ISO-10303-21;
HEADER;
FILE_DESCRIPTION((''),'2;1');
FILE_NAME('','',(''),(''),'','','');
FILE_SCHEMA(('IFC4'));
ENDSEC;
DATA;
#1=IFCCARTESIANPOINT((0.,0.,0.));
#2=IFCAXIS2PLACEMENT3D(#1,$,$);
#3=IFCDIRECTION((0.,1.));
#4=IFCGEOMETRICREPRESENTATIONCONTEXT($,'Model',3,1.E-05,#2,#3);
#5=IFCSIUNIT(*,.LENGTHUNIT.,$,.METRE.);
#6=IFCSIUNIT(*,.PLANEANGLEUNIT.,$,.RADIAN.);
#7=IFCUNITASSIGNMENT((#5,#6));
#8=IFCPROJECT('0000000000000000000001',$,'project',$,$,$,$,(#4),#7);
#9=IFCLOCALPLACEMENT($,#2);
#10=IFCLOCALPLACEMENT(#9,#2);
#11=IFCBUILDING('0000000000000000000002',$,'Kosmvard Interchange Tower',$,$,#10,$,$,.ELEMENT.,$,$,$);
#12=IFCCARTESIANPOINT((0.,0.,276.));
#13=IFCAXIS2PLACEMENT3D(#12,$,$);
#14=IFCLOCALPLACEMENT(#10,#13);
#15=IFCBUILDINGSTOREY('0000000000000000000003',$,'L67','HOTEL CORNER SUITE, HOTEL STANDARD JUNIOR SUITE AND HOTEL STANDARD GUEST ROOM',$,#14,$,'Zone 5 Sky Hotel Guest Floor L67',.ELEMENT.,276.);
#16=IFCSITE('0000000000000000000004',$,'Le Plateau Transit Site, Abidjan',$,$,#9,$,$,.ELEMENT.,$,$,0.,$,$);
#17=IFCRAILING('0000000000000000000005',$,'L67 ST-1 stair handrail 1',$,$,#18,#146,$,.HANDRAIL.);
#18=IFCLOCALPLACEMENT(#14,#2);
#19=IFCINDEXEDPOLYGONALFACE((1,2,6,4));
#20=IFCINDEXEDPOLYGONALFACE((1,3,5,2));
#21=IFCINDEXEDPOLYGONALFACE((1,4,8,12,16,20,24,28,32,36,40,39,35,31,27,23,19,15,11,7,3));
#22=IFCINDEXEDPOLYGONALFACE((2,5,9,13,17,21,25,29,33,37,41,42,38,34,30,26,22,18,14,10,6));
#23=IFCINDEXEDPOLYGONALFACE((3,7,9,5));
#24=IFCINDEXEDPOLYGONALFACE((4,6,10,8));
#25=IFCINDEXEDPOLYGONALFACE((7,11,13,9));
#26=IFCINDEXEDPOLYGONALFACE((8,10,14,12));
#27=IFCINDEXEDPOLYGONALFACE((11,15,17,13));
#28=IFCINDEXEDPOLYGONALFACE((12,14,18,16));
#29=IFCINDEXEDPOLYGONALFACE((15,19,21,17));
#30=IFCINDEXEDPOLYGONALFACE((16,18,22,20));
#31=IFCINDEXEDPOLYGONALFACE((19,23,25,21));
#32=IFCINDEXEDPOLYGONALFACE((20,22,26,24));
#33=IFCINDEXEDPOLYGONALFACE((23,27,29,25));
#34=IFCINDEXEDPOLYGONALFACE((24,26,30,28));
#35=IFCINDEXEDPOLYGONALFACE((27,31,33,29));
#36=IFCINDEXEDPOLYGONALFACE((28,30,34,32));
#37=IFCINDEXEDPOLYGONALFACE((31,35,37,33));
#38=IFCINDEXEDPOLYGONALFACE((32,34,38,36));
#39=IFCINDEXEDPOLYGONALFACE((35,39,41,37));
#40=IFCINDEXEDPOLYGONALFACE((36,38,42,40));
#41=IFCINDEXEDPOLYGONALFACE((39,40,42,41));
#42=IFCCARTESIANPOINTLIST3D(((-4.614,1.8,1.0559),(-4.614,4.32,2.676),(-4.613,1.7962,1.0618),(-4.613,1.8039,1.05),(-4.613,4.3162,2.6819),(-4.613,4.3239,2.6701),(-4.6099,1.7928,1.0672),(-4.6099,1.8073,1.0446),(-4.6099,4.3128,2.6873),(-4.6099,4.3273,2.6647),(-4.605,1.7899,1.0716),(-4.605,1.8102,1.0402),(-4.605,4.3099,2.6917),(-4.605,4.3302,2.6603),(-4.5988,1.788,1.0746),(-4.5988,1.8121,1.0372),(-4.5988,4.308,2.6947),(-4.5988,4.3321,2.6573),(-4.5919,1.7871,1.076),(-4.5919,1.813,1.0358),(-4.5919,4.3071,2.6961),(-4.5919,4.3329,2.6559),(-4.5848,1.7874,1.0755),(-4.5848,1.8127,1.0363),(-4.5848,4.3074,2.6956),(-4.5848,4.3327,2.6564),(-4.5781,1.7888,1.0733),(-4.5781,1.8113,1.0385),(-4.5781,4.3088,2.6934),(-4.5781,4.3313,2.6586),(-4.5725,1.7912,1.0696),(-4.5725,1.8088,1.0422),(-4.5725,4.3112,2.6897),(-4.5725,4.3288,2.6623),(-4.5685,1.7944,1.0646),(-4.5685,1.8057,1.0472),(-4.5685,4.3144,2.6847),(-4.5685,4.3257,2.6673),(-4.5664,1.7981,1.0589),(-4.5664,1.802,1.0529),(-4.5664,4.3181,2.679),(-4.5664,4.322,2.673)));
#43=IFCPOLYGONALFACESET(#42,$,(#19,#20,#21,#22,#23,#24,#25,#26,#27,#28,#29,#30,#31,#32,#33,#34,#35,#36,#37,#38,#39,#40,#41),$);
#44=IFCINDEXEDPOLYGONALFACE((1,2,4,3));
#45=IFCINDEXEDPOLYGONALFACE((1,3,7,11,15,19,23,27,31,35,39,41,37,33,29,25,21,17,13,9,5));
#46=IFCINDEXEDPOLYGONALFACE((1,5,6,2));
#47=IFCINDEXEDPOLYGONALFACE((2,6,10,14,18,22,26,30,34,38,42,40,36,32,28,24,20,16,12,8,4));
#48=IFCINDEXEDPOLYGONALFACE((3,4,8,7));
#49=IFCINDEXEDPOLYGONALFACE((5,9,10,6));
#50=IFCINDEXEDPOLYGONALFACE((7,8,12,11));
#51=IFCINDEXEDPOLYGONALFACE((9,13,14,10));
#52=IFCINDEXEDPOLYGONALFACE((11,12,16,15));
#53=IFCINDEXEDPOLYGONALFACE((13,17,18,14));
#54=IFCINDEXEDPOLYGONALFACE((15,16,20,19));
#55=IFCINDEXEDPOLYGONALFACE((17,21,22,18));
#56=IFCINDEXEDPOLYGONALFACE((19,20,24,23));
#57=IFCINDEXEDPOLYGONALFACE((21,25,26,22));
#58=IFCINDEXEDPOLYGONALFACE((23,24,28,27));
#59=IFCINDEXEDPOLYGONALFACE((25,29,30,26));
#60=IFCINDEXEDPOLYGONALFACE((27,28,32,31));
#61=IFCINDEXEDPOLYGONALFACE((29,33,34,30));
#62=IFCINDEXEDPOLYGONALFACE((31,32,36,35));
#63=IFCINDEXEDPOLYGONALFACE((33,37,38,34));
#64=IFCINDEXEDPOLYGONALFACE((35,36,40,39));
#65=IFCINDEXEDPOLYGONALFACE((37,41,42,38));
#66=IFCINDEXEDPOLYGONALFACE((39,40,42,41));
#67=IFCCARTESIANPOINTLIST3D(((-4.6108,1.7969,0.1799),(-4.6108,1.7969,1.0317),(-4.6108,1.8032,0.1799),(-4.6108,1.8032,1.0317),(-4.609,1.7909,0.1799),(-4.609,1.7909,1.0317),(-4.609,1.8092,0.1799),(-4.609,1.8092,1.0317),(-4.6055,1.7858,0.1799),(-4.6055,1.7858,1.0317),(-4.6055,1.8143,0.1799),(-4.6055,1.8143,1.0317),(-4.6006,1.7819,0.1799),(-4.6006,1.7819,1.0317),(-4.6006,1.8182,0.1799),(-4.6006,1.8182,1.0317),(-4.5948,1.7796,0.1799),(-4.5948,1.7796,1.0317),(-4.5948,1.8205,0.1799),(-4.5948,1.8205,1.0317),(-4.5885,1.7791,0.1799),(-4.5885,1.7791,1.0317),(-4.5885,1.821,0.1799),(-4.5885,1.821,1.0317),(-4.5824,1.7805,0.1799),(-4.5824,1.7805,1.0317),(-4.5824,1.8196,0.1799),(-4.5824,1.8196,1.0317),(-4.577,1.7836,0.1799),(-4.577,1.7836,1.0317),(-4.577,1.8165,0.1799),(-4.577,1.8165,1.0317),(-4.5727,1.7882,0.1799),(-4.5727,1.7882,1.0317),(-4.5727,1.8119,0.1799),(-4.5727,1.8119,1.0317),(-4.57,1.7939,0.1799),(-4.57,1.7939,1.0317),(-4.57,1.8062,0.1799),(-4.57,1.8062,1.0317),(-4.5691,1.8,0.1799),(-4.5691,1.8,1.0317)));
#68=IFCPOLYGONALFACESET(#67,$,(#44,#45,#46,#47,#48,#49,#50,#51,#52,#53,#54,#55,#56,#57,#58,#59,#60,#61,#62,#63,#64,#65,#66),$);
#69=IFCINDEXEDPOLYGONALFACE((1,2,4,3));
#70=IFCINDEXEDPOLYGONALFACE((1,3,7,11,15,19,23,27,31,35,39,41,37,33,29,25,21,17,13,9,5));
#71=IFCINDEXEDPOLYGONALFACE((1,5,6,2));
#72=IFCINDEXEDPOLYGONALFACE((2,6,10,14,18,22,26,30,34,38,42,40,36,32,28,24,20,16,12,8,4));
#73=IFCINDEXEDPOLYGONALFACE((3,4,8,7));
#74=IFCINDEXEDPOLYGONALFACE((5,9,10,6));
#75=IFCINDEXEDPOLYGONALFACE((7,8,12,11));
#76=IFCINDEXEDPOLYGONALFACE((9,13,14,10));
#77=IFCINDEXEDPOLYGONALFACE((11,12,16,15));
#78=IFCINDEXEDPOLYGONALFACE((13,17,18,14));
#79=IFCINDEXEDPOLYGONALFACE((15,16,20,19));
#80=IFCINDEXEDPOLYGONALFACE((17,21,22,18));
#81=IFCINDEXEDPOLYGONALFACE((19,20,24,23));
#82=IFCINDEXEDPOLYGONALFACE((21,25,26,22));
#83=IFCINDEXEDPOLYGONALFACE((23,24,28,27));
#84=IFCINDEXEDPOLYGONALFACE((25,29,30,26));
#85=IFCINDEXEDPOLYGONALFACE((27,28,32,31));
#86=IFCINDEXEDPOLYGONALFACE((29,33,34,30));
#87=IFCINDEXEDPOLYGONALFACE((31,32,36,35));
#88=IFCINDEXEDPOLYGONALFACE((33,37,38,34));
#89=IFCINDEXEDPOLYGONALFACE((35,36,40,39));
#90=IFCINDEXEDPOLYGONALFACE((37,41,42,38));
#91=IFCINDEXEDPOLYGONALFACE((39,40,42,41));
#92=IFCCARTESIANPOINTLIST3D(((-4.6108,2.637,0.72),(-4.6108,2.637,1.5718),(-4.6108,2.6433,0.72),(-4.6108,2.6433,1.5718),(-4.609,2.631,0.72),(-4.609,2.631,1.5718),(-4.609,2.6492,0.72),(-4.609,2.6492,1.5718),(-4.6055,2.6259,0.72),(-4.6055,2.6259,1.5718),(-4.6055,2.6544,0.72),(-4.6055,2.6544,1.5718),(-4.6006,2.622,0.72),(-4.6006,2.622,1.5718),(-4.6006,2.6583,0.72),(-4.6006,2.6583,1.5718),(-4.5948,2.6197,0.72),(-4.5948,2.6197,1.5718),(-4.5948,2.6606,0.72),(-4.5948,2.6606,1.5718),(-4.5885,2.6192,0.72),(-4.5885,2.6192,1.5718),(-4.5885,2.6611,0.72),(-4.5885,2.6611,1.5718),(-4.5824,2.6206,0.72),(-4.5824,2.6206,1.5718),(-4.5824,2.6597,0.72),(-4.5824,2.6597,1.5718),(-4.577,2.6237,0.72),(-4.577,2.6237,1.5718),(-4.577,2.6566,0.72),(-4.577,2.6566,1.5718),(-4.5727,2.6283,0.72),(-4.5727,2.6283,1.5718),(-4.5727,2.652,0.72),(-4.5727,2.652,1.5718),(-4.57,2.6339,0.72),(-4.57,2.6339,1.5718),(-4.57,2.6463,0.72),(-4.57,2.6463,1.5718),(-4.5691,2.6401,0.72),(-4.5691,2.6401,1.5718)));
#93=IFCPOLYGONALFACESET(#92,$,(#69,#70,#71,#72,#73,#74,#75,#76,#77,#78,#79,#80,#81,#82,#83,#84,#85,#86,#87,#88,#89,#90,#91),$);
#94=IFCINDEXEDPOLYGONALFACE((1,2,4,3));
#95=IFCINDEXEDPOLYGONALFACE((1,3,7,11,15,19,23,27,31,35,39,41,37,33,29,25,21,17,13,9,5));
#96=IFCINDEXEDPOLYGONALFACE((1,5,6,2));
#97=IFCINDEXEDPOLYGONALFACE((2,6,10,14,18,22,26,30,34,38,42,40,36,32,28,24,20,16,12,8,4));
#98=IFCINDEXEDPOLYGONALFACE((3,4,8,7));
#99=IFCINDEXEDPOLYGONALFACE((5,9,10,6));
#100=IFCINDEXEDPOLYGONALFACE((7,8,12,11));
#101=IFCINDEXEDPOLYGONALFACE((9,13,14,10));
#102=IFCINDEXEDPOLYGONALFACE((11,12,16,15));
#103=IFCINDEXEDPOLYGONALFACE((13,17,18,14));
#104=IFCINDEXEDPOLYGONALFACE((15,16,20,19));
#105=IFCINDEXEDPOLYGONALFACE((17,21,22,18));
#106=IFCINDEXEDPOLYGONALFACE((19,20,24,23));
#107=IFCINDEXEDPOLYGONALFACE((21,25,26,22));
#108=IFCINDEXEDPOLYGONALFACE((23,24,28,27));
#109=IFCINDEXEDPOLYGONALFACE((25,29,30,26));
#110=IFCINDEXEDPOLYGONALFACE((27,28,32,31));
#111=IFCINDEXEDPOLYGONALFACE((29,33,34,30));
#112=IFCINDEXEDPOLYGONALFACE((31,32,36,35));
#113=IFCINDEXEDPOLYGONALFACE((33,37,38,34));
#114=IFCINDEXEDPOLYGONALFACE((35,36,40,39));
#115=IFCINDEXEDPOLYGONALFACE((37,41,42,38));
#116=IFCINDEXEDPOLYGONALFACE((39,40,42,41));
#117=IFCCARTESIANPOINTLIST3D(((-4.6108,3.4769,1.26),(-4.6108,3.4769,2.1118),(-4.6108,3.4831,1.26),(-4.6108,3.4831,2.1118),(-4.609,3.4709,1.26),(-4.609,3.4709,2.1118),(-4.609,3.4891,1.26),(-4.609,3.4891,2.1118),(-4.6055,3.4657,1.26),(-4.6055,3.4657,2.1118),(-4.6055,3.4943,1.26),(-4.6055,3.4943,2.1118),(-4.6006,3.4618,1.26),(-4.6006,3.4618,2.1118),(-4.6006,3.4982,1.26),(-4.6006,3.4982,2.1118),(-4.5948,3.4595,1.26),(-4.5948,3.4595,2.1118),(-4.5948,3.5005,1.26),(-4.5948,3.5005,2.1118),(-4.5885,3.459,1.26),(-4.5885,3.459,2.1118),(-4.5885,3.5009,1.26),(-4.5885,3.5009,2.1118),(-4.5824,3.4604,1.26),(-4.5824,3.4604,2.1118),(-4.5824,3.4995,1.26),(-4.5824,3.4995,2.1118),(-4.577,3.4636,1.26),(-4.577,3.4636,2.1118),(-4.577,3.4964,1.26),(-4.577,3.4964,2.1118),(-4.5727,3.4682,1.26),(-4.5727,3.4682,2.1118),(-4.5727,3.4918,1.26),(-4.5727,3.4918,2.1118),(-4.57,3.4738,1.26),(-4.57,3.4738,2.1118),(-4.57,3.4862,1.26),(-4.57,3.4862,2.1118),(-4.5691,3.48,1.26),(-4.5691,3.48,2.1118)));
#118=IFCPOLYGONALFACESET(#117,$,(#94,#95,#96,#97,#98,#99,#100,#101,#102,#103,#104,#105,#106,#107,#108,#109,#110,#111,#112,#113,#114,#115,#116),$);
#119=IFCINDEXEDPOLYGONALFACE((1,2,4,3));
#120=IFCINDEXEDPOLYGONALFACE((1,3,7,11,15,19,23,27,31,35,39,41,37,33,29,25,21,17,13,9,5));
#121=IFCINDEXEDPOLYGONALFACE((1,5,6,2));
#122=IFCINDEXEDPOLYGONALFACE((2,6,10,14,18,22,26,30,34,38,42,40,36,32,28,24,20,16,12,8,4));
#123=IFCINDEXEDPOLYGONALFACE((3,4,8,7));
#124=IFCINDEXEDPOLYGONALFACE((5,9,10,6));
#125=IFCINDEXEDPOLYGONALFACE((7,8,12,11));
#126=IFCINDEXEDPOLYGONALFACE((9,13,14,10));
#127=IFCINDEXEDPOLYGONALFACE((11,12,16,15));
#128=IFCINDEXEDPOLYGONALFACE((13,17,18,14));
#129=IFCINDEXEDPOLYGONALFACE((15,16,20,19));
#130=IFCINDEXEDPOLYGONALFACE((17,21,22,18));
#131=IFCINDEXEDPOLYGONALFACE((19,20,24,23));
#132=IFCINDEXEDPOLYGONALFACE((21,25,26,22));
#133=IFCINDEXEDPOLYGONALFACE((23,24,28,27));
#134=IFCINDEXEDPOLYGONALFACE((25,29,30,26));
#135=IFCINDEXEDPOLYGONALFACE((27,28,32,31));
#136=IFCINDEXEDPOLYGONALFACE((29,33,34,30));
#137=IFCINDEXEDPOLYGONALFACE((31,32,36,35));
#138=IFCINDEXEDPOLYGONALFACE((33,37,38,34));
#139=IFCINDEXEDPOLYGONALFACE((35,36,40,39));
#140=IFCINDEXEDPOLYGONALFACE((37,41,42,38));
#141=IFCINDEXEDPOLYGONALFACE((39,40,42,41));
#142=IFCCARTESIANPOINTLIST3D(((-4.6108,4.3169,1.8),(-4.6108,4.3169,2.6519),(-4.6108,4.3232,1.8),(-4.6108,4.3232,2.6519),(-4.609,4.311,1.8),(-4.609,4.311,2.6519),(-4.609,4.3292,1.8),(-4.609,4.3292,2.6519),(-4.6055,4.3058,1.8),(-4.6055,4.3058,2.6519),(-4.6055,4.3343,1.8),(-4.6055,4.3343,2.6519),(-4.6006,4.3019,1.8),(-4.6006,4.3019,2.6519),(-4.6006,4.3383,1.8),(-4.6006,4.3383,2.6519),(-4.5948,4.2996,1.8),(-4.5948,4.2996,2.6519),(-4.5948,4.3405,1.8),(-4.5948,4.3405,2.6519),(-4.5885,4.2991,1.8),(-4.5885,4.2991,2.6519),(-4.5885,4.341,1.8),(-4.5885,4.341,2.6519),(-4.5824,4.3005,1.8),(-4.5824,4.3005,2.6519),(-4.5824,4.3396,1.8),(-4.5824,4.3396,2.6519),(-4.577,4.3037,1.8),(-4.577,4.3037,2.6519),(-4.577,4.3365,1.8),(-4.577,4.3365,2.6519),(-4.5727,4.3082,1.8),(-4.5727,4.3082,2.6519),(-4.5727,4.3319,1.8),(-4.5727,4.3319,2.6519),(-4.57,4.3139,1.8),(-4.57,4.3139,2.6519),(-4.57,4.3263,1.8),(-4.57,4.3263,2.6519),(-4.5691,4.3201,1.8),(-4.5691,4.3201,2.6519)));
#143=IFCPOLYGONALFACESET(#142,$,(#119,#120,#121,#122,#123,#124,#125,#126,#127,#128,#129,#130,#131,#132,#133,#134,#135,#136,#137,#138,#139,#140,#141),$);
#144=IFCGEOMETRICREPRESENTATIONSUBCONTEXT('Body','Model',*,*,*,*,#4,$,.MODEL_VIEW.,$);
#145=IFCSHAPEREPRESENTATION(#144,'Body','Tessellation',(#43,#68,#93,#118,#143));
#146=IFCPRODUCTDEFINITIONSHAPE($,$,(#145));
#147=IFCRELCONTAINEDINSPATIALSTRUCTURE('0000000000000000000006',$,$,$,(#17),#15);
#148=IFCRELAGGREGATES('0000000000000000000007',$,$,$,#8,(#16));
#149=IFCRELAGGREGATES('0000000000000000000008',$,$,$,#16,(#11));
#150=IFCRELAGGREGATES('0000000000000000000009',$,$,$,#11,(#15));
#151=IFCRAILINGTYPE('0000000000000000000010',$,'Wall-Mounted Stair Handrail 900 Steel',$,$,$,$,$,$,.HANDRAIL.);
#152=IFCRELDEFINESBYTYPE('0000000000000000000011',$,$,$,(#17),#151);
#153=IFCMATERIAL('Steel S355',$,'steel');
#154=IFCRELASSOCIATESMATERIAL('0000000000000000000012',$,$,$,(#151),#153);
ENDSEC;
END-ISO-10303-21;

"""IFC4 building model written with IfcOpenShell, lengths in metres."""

from ifc_helpers import new_model, si_unit, direction, frame, origin, origin_2d, place, context, subcontext, project, spatial, circle, extrude, source, transform, mapped, material, type_object, element, save


model = new_model("IFC4")

# Units and contexts
model_context = context("Model", 3, precision=1e-05, world=origin(), true_north=direction((0.0, 1.0)))
body_context = subcontext(model_context, "Body", "Model", "MODEL_VIEW")
ifc_project = project(units=[si_unit("LENGTHUNIT", "METRE"), si_unit("PLANEANGLEUNIT", "RADIAN")], contexts=[model_context])

# Site, building, storey
site_placement = place(None, origin())
site = spatial("IfcSite", under=ifc_project, at=site_placement, Name="Le Plateau Transit Site, Abidjan", CompositionType="ELEMENT", RefElevation=0.0)
building_placement = place(site_placement, origin())
building = spatial("IfcBuilding", under=site, at=building_placement, Name="Kosmvard Interchange Tower", CompositionType="ELEMENT")
storey_placement = place(building_placement, frame((0.0, 0.0, 276.0)))
storey = spatial("IfcBuildingStorey", under=building, at=storey_placement, Name="L67", Description="HOTEL CORNER SUITE, HOTEL STANDARD JUNIOR SUITE AND HOTEL STANDARD GUEST ROOM", LongName="Zone 5 Sky Hotel Guest Floor L67", CompositionType="ELEMENT", Elevation=276.0)

# Railing
ifc_material_1 = material(Name="Steel S355", Category="steel")
railing_type_1 = type_object("IfcRailingType", Name="Wall-Mounted Stair Handrail 900 Steel", PredefinedType="HANDRAIL", material=ifc_material_1)
shared_shape_1 = source(origin(), body_context, "Body", "SweptSolid", [
    extrude(circle(Radius=0.0239, at=origin_2d()), frame((0.0, 0.0, 0.876), z_axis=(0.0, 0.841163, 0.540782), x_axis=(-1.0, 0.0, 0.0)), (0.0, 0.0, 1.0), 2.9958),
    extrude(circle(Radius=0.021, at=origin_2d()), origin(), (0.0, 0.0, 1.0), 0.8518),
    extrude(circle(Radius=0.021, at=origin_2d()), frame((0.0, 0.8401, 0.54)), (0.0, 0.0, 1.0), 0.8518),
    extrude(circle(Radius=0.021, at=origin_2d()), frame((0.0, 1.6799, 1.0801)), (0.0, 0.0, 1.0), 0.8518),
    extrude(circle(Radius=0.021, at=origin_2d()), frame((0.0, 2.52, 1.6201)), (0.0, 0.0, 1.0), 0.8518),
])
railing_1_placement = place(storey_placement, frame((-4.5901, 1.8, 0.1799)))
element("IfcRailing", 1, at=railing_1_placement, inside=storey, type_object=railing_type_1, Name="L67 ST-1 stair handrail 1", PredefinedType="HANDRAIL", context=body_context, shape_type="MappedRepresentation", body=[
    mapped(shared_shape_1, transform((0.0, 0.0, 0.0), scale=1.0)),
])

save(model, "model.ifc")
